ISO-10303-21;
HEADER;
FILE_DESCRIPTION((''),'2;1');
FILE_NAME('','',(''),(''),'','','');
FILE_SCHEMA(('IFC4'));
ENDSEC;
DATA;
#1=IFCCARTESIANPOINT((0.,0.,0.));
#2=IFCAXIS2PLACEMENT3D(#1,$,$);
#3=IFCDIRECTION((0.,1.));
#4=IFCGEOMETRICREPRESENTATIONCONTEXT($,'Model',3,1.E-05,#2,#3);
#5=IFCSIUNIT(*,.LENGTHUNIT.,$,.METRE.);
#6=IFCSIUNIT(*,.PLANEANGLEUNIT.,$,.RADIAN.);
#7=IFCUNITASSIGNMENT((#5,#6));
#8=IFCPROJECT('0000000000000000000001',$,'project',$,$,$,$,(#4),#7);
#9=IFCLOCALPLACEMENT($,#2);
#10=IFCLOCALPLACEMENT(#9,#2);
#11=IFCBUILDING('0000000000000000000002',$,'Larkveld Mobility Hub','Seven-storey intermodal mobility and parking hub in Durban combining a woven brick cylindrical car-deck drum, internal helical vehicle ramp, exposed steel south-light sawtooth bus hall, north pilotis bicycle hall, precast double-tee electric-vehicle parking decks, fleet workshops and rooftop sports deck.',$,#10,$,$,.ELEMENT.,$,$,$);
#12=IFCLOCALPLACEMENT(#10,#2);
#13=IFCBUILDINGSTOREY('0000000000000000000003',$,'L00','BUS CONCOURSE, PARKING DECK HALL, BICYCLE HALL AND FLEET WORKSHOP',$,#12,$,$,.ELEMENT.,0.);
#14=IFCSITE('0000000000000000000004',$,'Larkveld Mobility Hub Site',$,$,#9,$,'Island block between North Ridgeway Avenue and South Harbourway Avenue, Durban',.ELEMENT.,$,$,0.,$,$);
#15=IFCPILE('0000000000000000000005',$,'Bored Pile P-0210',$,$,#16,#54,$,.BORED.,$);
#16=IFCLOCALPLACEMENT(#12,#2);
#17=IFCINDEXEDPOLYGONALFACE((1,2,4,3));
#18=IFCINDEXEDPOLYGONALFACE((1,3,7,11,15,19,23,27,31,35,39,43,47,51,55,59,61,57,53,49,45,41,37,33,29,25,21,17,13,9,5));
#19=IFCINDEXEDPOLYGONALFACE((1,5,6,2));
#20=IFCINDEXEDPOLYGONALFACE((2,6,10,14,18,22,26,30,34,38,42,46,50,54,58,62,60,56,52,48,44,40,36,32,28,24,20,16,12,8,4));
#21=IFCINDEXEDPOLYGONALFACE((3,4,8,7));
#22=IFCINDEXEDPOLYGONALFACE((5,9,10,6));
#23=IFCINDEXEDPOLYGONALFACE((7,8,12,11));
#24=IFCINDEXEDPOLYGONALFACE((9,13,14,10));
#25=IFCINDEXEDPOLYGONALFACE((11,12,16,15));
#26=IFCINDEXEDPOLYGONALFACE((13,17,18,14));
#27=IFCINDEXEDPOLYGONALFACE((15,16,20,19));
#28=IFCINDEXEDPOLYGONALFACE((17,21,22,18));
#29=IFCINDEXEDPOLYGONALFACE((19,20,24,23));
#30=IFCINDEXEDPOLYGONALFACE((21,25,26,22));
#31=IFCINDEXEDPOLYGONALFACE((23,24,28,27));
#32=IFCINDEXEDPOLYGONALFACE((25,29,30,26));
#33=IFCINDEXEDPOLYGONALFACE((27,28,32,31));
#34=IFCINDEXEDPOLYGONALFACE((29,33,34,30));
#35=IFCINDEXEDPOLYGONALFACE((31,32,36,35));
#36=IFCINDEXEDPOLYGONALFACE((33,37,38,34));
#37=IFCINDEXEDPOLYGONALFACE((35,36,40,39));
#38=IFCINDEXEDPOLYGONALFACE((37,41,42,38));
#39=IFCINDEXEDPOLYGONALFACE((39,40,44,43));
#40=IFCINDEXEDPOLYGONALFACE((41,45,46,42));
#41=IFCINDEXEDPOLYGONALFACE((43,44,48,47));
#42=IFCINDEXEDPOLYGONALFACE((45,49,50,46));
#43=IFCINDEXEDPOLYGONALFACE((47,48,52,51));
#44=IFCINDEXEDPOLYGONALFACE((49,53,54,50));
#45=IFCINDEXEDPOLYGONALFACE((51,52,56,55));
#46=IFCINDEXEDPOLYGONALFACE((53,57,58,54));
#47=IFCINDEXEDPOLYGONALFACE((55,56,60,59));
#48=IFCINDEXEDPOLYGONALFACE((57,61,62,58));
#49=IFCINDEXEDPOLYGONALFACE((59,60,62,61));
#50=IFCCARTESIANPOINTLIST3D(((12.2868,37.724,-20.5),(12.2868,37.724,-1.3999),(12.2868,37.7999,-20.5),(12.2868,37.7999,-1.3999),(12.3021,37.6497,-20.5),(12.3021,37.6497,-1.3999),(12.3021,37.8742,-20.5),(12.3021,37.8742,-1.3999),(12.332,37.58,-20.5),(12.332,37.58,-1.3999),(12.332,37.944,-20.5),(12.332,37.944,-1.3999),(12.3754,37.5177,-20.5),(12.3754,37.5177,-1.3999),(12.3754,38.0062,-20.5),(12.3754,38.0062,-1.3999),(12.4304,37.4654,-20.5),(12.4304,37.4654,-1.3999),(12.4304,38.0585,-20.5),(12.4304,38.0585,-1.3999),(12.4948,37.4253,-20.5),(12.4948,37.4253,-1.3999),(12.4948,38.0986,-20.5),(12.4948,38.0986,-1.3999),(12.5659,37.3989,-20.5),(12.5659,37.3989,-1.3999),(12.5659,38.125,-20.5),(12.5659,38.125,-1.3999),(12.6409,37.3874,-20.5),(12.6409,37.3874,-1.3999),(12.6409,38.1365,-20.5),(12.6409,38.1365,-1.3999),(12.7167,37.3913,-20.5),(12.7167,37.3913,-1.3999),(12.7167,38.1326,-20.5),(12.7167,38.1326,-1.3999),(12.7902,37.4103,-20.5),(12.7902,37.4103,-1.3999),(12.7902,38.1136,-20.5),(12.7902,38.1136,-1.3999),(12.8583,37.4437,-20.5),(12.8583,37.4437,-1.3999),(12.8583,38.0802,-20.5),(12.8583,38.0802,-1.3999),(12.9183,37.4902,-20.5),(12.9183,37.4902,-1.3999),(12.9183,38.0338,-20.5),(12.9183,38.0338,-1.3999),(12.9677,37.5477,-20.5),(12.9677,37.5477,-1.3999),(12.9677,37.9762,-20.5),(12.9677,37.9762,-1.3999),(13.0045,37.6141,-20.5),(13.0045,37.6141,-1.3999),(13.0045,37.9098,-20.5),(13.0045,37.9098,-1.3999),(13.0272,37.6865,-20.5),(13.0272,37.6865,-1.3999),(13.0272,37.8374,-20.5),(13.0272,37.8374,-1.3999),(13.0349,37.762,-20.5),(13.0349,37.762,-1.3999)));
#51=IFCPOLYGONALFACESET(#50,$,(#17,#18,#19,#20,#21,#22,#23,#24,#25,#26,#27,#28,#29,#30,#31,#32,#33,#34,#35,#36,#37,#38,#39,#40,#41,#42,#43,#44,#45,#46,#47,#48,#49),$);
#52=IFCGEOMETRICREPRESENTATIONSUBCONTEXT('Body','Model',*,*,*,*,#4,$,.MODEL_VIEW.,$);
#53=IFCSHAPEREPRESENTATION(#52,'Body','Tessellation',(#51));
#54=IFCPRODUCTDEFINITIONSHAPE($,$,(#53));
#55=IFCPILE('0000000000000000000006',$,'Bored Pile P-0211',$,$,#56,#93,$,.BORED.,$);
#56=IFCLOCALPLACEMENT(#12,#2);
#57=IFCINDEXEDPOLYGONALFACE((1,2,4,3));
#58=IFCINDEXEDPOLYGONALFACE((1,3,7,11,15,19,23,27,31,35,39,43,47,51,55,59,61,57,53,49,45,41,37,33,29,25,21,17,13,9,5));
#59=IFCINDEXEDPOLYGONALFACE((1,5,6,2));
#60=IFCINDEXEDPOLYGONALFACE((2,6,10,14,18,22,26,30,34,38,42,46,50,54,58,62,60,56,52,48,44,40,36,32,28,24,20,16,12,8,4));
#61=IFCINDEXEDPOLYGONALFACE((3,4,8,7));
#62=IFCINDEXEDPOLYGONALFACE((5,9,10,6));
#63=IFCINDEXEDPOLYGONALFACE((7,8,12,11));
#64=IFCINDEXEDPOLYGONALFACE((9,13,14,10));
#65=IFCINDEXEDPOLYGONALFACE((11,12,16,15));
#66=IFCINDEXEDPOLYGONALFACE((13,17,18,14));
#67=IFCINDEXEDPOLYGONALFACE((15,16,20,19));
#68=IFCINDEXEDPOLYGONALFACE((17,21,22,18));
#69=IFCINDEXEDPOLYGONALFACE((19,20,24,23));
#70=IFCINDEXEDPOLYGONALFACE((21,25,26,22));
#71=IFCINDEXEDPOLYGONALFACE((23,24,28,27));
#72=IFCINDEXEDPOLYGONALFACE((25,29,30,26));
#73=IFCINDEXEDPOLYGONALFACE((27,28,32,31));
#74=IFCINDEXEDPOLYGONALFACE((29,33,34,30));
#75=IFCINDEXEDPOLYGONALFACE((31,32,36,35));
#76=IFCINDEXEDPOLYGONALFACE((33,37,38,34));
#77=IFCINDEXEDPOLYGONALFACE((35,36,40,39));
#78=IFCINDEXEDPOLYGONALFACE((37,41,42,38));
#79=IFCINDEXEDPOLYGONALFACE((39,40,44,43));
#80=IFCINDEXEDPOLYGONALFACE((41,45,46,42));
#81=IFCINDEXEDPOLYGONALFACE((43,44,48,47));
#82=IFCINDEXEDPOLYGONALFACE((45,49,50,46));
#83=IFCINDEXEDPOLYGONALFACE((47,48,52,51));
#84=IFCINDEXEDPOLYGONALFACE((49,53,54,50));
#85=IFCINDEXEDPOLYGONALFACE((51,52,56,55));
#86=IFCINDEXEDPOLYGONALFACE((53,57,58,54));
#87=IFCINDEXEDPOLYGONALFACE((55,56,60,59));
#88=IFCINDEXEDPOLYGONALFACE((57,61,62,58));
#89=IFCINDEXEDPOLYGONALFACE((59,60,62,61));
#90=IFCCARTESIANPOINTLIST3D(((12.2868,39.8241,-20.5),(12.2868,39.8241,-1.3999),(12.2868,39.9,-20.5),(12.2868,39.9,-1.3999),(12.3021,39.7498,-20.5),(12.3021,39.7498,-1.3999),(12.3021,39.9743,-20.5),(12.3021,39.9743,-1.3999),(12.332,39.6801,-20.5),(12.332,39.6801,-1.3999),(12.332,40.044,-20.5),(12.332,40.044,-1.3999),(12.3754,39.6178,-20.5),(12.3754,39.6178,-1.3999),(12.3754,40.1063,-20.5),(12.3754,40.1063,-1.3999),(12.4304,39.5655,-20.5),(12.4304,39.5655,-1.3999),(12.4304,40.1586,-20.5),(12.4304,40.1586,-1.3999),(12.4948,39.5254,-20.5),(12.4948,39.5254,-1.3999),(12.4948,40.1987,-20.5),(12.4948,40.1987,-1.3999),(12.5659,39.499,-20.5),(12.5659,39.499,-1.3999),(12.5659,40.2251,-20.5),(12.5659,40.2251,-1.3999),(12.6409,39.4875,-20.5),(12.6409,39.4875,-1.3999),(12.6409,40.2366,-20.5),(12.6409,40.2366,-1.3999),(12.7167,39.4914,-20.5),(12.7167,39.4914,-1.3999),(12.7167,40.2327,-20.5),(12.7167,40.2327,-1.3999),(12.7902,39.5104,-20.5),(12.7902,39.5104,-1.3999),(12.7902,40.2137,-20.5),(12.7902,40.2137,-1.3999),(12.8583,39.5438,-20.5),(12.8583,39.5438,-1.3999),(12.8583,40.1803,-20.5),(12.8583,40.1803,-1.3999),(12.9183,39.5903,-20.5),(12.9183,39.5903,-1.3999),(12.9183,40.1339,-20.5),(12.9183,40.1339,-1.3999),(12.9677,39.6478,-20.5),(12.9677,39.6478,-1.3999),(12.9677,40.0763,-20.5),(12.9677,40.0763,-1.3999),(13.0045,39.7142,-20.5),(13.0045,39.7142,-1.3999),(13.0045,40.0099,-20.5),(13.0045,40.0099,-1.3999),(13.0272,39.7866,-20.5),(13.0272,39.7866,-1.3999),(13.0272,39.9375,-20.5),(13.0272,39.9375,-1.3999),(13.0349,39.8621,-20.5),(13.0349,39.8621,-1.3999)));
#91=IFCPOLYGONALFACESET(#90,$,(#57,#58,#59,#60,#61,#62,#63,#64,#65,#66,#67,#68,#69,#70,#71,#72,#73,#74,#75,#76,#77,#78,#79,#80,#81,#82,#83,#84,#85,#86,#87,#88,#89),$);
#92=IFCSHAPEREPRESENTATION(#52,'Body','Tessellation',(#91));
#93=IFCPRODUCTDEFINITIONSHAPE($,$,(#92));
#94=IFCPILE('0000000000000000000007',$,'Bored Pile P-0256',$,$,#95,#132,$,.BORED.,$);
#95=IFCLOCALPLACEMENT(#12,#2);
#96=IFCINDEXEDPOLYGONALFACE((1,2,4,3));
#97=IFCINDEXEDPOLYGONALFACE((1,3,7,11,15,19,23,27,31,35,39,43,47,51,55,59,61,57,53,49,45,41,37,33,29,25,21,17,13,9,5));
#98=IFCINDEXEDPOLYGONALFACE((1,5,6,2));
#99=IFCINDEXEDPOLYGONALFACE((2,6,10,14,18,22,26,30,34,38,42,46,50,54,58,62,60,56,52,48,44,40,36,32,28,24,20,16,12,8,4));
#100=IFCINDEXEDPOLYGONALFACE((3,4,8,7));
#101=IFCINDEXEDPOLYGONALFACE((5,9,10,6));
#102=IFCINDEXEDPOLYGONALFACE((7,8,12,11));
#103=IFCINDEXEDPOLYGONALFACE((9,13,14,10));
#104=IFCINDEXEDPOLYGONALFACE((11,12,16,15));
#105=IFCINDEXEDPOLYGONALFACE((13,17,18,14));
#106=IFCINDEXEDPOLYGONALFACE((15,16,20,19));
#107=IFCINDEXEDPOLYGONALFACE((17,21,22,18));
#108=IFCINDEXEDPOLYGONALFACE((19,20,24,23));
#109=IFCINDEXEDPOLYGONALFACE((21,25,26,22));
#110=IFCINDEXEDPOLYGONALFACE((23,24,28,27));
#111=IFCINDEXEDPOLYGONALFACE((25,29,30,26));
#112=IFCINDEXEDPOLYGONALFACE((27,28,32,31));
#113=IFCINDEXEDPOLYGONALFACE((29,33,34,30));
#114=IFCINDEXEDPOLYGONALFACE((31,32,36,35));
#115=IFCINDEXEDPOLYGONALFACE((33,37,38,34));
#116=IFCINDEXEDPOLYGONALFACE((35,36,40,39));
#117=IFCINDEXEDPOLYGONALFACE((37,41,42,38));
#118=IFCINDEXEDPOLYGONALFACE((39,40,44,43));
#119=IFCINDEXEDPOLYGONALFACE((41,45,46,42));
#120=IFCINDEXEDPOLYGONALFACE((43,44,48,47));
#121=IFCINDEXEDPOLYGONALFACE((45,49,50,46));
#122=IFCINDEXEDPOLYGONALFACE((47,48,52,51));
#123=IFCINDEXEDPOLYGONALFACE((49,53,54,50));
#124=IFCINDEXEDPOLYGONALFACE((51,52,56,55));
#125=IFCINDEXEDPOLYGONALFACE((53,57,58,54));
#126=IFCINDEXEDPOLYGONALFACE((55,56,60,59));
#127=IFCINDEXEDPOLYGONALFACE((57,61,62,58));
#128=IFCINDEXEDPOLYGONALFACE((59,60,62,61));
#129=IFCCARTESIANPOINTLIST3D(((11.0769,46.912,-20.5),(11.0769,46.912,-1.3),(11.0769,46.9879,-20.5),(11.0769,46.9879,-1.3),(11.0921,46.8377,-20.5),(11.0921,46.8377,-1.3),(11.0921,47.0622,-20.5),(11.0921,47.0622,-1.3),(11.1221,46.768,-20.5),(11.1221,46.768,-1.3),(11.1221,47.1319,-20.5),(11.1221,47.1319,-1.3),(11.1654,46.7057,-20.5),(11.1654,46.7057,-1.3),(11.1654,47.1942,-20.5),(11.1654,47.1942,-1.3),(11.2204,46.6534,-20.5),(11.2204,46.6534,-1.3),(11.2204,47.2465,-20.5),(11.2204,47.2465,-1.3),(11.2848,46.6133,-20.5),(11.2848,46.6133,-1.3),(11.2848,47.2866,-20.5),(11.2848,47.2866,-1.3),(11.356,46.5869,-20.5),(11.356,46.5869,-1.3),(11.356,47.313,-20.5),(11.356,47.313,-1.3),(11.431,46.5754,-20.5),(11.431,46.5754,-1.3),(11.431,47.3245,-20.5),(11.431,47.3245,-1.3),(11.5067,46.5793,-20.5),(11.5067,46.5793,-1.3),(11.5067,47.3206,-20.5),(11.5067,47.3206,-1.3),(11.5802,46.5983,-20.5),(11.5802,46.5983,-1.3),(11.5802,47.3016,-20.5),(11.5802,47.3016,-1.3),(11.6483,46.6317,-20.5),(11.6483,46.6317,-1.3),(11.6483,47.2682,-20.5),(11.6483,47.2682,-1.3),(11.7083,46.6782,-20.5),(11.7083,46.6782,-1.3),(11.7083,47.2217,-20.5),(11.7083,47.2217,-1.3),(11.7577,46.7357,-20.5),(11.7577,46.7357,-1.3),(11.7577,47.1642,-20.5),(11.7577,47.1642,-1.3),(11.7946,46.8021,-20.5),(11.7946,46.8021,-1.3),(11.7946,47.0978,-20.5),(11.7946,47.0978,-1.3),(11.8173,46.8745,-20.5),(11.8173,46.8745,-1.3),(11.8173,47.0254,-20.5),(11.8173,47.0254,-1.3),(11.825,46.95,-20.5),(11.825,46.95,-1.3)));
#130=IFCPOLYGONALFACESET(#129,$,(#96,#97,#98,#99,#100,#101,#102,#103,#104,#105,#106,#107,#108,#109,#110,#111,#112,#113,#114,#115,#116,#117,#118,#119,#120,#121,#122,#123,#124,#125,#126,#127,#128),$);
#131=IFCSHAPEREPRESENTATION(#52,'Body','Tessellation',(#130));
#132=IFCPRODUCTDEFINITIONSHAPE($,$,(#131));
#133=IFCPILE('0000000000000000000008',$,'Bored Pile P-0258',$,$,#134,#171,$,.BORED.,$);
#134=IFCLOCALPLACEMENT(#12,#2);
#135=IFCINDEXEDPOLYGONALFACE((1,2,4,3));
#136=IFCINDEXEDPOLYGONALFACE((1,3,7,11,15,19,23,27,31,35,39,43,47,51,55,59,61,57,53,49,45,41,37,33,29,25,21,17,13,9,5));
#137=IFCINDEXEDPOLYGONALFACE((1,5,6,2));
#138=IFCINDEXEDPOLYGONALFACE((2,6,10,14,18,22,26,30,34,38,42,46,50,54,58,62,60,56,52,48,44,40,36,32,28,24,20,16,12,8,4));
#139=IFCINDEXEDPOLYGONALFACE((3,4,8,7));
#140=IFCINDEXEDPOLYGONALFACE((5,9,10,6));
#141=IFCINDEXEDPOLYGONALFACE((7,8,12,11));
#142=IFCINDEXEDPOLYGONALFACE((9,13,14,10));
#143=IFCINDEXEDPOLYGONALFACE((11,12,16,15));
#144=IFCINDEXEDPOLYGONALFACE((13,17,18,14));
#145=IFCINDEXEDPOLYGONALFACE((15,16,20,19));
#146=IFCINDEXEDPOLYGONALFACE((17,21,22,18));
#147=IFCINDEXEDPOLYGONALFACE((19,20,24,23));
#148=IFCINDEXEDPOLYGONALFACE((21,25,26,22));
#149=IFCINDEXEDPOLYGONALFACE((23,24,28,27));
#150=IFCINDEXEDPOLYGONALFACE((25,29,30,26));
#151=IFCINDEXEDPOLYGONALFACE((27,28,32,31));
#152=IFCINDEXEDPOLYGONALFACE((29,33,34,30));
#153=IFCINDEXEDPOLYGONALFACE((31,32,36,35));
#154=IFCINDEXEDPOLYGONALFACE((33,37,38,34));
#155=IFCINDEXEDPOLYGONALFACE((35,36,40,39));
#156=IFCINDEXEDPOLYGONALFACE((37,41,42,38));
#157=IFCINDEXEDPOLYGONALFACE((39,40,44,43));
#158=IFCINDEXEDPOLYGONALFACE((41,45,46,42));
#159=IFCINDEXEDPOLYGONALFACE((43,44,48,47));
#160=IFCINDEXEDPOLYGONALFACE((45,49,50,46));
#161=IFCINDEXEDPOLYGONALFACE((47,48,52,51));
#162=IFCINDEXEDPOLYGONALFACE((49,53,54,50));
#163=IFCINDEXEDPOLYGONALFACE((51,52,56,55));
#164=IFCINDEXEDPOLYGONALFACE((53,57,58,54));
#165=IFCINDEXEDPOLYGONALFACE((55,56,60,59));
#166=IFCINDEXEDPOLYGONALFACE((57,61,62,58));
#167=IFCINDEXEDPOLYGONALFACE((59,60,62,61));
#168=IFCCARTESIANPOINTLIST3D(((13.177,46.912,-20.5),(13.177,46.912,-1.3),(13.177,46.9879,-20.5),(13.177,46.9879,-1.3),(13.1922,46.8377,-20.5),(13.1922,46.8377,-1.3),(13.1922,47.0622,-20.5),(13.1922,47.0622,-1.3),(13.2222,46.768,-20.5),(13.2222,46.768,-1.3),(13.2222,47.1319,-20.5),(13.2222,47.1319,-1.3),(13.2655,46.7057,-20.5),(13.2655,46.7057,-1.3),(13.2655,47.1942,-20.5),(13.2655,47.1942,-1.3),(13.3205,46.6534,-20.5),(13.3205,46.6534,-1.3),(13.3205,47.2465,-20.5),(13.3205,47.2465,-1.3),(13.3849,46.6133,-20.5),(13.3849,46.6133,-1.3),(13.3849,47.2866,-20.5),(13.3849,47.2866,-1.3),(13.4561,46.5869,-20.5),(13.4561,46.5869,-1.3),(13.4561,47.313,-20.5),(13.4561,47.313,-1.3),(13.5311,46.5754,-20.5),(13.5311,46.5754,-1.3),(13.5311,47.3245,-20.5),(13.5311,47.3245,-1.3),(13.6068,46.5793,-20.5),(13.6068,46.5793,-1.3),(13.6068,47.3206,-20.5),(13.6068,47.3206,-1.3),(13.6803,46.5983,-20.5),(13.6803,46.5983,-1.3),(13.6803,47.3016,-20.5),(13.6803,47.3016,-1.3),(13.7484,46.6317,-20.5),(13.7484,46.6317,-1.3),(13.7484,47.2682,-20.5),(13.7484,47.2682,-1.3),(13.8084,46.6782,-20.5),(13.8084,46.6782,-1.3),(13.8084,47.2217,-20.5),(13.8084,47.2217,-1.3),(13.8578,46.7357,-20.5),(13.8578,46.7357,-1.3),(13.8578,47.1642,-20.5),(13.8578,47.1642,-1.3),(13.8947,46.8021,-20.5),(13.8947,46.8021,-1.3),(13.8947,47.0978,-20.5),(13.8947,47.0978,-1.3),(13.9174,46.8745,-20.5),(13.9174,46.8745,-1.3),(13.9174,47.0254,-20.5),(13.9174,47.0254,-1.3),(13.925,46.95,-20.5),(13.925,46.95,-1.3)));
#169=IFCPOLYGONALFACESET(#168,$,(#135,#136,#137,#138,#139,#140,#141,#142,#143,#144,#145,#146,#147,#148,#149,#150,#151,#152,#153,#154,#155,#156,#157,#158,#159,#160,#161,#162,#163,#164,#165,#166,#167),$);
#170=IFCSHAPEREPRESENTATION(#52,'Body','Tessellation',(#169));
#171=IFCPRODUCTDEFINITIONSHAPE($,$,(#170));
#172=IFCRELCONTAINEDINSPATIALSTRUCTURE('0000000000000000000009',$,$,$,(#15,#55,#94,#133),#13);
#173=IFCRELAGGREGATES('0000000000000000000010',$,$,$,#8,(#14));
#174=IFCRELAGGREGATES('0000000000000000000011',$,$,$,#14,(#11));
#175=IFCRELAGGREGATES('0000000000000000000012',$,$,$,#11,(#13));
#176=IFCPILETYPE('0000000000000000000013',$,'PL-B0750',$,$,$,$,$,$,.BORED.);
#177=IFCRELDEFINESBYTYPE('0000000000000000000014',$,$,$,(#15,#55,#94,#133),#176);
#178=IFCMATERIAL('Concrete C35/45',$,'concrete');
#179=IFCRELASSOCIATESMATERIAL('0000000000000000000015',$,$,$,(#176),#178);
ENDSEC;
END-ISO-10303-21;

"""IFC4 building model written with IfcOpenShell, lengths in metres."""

from ifc_helpers import new_model, si_unit, direction, frame, origin, origin_2d, place, context, subcontext, project, spatial, circle, extrude, material, material_profile, profile_set, type_object, element, save


model = new_model("IFC4")

# Units and contexts
model_context = context("Model", 3, precision=1e-05, world=origin(), true_north=direction((0.0, 1.0)))
body_context = subcontext(model_context, "Body", "Model", "MODEL_VIEW")
ifc_project = project(units=[si_unit("LENGTHUNIT", "METRE"), si_unit("PLANEANGLEUNIT", "RADIAN")], contexts=[model_context])

# Site, building, storey
site_placement = place(None, origin())
site = spatial("IfcSite", under=ifc_project, at=site_placement, Name="Larkveld Mobility Hub Site", LongName="Island block between North Ridgeway Avenue and South Harbourway Avenue, Durban", CompositionType="ELEMENT", RefElevation=0.0)
building_placement = place(site_placement, origin())
building = spatial("IfcBuilding", under=site, at=building_placement, Name="Larkveld Mobility Hub", Description="Seven-storey intermodal mobility and parking hub in Durban combining a woven brick cylindrical car-deck drum, internal helical vehicle ramp, exposed steel south-light sawtooth bus hall, north pilotis bicycle hall, precast double-tee electric-vehicle parking decks, fleet workshops and rooftop sports deck.", CompositionType="ELEMENT")
storey_placement = place(building_placement, origin())
storey = spatial("IfcBuildingStorey", under=building, at=storey_placement, Name="L00", Description="BUS CONCOURSE, PARKING DECK HALL, BICYCLE HALL AND FLEET WORKSHOP", CompositionType="ELEMENT", Elevation=0.0)

# Piles
ifc_material_1 = material(Name="Concrete C35/45", Category="concrete")
ifc_material_profile_1 = material_profile(ifc_material_1, circle(Radius=0.375, at=origin_2d()), Name="PILE D750")
ifc_profile_set_1 = profile_set([ifc_material_profile_1], Name="Concrete C35/45")
pile_type_1 = type_object("IfcPileType", Name="PL-B0750", PredefinedType="BORED", material=ifc_profile_set_1)
for number, where, z_axis, x_axis, name in (
    (1, (12.6599, 37.762, -1.3999), (0.0, 0.0, -1.0), (1.0, 0.0, 0.0), "Bored Pile P-0210"),
    (2, (12.6599, 39.8621, -1.3999), (0.0, 0.0, -1.0), (1.0, 0.0, 0.0), "Bored Pile P-0211"),
):
    element("IfcPile", number, at=place(storey_placement, frame(where, z_axis=z_axis, x_axis=x_axis)), inside=storey, type_object=pile_type_1, Name=name, PredefinedType="BORED", context=body_context, shape_type="SweptSolid", body=[
        extrude(circle(Radius=0.375, at=origin_2d()), origin(), (0.0, 0.0, 1.0), 19.1001),
    ])
for number, where, z_axis, x_axis, name in (
    (3, (11.45, 46.95, -1.3), (0.0, 0.0, -1.0), (1.0, 0.0, 0.0), "Bored Pile P-0256"),
    (4, (13.55, 46.95, -1.3), (0.0, 0.0, -1.0), (1.0, 0.0, 0.0), "Bored Pile P-0258"),
):
    element("IfcPile", number, at=place(storey_placement, frame(where, z_axis=z_axis, x_axis=x_axis)), inside=storey, type_object=pile_type_1, Name=name, PredefinedType="BORED", context=body_context, shape_type="SweptSolid", body=[
        extrude(circle(Radius=0.375, at=origin_2d()), origin(), (0.0, 0.0, 1.0), 19.2),
    ])

save(model, "model.ifc")
